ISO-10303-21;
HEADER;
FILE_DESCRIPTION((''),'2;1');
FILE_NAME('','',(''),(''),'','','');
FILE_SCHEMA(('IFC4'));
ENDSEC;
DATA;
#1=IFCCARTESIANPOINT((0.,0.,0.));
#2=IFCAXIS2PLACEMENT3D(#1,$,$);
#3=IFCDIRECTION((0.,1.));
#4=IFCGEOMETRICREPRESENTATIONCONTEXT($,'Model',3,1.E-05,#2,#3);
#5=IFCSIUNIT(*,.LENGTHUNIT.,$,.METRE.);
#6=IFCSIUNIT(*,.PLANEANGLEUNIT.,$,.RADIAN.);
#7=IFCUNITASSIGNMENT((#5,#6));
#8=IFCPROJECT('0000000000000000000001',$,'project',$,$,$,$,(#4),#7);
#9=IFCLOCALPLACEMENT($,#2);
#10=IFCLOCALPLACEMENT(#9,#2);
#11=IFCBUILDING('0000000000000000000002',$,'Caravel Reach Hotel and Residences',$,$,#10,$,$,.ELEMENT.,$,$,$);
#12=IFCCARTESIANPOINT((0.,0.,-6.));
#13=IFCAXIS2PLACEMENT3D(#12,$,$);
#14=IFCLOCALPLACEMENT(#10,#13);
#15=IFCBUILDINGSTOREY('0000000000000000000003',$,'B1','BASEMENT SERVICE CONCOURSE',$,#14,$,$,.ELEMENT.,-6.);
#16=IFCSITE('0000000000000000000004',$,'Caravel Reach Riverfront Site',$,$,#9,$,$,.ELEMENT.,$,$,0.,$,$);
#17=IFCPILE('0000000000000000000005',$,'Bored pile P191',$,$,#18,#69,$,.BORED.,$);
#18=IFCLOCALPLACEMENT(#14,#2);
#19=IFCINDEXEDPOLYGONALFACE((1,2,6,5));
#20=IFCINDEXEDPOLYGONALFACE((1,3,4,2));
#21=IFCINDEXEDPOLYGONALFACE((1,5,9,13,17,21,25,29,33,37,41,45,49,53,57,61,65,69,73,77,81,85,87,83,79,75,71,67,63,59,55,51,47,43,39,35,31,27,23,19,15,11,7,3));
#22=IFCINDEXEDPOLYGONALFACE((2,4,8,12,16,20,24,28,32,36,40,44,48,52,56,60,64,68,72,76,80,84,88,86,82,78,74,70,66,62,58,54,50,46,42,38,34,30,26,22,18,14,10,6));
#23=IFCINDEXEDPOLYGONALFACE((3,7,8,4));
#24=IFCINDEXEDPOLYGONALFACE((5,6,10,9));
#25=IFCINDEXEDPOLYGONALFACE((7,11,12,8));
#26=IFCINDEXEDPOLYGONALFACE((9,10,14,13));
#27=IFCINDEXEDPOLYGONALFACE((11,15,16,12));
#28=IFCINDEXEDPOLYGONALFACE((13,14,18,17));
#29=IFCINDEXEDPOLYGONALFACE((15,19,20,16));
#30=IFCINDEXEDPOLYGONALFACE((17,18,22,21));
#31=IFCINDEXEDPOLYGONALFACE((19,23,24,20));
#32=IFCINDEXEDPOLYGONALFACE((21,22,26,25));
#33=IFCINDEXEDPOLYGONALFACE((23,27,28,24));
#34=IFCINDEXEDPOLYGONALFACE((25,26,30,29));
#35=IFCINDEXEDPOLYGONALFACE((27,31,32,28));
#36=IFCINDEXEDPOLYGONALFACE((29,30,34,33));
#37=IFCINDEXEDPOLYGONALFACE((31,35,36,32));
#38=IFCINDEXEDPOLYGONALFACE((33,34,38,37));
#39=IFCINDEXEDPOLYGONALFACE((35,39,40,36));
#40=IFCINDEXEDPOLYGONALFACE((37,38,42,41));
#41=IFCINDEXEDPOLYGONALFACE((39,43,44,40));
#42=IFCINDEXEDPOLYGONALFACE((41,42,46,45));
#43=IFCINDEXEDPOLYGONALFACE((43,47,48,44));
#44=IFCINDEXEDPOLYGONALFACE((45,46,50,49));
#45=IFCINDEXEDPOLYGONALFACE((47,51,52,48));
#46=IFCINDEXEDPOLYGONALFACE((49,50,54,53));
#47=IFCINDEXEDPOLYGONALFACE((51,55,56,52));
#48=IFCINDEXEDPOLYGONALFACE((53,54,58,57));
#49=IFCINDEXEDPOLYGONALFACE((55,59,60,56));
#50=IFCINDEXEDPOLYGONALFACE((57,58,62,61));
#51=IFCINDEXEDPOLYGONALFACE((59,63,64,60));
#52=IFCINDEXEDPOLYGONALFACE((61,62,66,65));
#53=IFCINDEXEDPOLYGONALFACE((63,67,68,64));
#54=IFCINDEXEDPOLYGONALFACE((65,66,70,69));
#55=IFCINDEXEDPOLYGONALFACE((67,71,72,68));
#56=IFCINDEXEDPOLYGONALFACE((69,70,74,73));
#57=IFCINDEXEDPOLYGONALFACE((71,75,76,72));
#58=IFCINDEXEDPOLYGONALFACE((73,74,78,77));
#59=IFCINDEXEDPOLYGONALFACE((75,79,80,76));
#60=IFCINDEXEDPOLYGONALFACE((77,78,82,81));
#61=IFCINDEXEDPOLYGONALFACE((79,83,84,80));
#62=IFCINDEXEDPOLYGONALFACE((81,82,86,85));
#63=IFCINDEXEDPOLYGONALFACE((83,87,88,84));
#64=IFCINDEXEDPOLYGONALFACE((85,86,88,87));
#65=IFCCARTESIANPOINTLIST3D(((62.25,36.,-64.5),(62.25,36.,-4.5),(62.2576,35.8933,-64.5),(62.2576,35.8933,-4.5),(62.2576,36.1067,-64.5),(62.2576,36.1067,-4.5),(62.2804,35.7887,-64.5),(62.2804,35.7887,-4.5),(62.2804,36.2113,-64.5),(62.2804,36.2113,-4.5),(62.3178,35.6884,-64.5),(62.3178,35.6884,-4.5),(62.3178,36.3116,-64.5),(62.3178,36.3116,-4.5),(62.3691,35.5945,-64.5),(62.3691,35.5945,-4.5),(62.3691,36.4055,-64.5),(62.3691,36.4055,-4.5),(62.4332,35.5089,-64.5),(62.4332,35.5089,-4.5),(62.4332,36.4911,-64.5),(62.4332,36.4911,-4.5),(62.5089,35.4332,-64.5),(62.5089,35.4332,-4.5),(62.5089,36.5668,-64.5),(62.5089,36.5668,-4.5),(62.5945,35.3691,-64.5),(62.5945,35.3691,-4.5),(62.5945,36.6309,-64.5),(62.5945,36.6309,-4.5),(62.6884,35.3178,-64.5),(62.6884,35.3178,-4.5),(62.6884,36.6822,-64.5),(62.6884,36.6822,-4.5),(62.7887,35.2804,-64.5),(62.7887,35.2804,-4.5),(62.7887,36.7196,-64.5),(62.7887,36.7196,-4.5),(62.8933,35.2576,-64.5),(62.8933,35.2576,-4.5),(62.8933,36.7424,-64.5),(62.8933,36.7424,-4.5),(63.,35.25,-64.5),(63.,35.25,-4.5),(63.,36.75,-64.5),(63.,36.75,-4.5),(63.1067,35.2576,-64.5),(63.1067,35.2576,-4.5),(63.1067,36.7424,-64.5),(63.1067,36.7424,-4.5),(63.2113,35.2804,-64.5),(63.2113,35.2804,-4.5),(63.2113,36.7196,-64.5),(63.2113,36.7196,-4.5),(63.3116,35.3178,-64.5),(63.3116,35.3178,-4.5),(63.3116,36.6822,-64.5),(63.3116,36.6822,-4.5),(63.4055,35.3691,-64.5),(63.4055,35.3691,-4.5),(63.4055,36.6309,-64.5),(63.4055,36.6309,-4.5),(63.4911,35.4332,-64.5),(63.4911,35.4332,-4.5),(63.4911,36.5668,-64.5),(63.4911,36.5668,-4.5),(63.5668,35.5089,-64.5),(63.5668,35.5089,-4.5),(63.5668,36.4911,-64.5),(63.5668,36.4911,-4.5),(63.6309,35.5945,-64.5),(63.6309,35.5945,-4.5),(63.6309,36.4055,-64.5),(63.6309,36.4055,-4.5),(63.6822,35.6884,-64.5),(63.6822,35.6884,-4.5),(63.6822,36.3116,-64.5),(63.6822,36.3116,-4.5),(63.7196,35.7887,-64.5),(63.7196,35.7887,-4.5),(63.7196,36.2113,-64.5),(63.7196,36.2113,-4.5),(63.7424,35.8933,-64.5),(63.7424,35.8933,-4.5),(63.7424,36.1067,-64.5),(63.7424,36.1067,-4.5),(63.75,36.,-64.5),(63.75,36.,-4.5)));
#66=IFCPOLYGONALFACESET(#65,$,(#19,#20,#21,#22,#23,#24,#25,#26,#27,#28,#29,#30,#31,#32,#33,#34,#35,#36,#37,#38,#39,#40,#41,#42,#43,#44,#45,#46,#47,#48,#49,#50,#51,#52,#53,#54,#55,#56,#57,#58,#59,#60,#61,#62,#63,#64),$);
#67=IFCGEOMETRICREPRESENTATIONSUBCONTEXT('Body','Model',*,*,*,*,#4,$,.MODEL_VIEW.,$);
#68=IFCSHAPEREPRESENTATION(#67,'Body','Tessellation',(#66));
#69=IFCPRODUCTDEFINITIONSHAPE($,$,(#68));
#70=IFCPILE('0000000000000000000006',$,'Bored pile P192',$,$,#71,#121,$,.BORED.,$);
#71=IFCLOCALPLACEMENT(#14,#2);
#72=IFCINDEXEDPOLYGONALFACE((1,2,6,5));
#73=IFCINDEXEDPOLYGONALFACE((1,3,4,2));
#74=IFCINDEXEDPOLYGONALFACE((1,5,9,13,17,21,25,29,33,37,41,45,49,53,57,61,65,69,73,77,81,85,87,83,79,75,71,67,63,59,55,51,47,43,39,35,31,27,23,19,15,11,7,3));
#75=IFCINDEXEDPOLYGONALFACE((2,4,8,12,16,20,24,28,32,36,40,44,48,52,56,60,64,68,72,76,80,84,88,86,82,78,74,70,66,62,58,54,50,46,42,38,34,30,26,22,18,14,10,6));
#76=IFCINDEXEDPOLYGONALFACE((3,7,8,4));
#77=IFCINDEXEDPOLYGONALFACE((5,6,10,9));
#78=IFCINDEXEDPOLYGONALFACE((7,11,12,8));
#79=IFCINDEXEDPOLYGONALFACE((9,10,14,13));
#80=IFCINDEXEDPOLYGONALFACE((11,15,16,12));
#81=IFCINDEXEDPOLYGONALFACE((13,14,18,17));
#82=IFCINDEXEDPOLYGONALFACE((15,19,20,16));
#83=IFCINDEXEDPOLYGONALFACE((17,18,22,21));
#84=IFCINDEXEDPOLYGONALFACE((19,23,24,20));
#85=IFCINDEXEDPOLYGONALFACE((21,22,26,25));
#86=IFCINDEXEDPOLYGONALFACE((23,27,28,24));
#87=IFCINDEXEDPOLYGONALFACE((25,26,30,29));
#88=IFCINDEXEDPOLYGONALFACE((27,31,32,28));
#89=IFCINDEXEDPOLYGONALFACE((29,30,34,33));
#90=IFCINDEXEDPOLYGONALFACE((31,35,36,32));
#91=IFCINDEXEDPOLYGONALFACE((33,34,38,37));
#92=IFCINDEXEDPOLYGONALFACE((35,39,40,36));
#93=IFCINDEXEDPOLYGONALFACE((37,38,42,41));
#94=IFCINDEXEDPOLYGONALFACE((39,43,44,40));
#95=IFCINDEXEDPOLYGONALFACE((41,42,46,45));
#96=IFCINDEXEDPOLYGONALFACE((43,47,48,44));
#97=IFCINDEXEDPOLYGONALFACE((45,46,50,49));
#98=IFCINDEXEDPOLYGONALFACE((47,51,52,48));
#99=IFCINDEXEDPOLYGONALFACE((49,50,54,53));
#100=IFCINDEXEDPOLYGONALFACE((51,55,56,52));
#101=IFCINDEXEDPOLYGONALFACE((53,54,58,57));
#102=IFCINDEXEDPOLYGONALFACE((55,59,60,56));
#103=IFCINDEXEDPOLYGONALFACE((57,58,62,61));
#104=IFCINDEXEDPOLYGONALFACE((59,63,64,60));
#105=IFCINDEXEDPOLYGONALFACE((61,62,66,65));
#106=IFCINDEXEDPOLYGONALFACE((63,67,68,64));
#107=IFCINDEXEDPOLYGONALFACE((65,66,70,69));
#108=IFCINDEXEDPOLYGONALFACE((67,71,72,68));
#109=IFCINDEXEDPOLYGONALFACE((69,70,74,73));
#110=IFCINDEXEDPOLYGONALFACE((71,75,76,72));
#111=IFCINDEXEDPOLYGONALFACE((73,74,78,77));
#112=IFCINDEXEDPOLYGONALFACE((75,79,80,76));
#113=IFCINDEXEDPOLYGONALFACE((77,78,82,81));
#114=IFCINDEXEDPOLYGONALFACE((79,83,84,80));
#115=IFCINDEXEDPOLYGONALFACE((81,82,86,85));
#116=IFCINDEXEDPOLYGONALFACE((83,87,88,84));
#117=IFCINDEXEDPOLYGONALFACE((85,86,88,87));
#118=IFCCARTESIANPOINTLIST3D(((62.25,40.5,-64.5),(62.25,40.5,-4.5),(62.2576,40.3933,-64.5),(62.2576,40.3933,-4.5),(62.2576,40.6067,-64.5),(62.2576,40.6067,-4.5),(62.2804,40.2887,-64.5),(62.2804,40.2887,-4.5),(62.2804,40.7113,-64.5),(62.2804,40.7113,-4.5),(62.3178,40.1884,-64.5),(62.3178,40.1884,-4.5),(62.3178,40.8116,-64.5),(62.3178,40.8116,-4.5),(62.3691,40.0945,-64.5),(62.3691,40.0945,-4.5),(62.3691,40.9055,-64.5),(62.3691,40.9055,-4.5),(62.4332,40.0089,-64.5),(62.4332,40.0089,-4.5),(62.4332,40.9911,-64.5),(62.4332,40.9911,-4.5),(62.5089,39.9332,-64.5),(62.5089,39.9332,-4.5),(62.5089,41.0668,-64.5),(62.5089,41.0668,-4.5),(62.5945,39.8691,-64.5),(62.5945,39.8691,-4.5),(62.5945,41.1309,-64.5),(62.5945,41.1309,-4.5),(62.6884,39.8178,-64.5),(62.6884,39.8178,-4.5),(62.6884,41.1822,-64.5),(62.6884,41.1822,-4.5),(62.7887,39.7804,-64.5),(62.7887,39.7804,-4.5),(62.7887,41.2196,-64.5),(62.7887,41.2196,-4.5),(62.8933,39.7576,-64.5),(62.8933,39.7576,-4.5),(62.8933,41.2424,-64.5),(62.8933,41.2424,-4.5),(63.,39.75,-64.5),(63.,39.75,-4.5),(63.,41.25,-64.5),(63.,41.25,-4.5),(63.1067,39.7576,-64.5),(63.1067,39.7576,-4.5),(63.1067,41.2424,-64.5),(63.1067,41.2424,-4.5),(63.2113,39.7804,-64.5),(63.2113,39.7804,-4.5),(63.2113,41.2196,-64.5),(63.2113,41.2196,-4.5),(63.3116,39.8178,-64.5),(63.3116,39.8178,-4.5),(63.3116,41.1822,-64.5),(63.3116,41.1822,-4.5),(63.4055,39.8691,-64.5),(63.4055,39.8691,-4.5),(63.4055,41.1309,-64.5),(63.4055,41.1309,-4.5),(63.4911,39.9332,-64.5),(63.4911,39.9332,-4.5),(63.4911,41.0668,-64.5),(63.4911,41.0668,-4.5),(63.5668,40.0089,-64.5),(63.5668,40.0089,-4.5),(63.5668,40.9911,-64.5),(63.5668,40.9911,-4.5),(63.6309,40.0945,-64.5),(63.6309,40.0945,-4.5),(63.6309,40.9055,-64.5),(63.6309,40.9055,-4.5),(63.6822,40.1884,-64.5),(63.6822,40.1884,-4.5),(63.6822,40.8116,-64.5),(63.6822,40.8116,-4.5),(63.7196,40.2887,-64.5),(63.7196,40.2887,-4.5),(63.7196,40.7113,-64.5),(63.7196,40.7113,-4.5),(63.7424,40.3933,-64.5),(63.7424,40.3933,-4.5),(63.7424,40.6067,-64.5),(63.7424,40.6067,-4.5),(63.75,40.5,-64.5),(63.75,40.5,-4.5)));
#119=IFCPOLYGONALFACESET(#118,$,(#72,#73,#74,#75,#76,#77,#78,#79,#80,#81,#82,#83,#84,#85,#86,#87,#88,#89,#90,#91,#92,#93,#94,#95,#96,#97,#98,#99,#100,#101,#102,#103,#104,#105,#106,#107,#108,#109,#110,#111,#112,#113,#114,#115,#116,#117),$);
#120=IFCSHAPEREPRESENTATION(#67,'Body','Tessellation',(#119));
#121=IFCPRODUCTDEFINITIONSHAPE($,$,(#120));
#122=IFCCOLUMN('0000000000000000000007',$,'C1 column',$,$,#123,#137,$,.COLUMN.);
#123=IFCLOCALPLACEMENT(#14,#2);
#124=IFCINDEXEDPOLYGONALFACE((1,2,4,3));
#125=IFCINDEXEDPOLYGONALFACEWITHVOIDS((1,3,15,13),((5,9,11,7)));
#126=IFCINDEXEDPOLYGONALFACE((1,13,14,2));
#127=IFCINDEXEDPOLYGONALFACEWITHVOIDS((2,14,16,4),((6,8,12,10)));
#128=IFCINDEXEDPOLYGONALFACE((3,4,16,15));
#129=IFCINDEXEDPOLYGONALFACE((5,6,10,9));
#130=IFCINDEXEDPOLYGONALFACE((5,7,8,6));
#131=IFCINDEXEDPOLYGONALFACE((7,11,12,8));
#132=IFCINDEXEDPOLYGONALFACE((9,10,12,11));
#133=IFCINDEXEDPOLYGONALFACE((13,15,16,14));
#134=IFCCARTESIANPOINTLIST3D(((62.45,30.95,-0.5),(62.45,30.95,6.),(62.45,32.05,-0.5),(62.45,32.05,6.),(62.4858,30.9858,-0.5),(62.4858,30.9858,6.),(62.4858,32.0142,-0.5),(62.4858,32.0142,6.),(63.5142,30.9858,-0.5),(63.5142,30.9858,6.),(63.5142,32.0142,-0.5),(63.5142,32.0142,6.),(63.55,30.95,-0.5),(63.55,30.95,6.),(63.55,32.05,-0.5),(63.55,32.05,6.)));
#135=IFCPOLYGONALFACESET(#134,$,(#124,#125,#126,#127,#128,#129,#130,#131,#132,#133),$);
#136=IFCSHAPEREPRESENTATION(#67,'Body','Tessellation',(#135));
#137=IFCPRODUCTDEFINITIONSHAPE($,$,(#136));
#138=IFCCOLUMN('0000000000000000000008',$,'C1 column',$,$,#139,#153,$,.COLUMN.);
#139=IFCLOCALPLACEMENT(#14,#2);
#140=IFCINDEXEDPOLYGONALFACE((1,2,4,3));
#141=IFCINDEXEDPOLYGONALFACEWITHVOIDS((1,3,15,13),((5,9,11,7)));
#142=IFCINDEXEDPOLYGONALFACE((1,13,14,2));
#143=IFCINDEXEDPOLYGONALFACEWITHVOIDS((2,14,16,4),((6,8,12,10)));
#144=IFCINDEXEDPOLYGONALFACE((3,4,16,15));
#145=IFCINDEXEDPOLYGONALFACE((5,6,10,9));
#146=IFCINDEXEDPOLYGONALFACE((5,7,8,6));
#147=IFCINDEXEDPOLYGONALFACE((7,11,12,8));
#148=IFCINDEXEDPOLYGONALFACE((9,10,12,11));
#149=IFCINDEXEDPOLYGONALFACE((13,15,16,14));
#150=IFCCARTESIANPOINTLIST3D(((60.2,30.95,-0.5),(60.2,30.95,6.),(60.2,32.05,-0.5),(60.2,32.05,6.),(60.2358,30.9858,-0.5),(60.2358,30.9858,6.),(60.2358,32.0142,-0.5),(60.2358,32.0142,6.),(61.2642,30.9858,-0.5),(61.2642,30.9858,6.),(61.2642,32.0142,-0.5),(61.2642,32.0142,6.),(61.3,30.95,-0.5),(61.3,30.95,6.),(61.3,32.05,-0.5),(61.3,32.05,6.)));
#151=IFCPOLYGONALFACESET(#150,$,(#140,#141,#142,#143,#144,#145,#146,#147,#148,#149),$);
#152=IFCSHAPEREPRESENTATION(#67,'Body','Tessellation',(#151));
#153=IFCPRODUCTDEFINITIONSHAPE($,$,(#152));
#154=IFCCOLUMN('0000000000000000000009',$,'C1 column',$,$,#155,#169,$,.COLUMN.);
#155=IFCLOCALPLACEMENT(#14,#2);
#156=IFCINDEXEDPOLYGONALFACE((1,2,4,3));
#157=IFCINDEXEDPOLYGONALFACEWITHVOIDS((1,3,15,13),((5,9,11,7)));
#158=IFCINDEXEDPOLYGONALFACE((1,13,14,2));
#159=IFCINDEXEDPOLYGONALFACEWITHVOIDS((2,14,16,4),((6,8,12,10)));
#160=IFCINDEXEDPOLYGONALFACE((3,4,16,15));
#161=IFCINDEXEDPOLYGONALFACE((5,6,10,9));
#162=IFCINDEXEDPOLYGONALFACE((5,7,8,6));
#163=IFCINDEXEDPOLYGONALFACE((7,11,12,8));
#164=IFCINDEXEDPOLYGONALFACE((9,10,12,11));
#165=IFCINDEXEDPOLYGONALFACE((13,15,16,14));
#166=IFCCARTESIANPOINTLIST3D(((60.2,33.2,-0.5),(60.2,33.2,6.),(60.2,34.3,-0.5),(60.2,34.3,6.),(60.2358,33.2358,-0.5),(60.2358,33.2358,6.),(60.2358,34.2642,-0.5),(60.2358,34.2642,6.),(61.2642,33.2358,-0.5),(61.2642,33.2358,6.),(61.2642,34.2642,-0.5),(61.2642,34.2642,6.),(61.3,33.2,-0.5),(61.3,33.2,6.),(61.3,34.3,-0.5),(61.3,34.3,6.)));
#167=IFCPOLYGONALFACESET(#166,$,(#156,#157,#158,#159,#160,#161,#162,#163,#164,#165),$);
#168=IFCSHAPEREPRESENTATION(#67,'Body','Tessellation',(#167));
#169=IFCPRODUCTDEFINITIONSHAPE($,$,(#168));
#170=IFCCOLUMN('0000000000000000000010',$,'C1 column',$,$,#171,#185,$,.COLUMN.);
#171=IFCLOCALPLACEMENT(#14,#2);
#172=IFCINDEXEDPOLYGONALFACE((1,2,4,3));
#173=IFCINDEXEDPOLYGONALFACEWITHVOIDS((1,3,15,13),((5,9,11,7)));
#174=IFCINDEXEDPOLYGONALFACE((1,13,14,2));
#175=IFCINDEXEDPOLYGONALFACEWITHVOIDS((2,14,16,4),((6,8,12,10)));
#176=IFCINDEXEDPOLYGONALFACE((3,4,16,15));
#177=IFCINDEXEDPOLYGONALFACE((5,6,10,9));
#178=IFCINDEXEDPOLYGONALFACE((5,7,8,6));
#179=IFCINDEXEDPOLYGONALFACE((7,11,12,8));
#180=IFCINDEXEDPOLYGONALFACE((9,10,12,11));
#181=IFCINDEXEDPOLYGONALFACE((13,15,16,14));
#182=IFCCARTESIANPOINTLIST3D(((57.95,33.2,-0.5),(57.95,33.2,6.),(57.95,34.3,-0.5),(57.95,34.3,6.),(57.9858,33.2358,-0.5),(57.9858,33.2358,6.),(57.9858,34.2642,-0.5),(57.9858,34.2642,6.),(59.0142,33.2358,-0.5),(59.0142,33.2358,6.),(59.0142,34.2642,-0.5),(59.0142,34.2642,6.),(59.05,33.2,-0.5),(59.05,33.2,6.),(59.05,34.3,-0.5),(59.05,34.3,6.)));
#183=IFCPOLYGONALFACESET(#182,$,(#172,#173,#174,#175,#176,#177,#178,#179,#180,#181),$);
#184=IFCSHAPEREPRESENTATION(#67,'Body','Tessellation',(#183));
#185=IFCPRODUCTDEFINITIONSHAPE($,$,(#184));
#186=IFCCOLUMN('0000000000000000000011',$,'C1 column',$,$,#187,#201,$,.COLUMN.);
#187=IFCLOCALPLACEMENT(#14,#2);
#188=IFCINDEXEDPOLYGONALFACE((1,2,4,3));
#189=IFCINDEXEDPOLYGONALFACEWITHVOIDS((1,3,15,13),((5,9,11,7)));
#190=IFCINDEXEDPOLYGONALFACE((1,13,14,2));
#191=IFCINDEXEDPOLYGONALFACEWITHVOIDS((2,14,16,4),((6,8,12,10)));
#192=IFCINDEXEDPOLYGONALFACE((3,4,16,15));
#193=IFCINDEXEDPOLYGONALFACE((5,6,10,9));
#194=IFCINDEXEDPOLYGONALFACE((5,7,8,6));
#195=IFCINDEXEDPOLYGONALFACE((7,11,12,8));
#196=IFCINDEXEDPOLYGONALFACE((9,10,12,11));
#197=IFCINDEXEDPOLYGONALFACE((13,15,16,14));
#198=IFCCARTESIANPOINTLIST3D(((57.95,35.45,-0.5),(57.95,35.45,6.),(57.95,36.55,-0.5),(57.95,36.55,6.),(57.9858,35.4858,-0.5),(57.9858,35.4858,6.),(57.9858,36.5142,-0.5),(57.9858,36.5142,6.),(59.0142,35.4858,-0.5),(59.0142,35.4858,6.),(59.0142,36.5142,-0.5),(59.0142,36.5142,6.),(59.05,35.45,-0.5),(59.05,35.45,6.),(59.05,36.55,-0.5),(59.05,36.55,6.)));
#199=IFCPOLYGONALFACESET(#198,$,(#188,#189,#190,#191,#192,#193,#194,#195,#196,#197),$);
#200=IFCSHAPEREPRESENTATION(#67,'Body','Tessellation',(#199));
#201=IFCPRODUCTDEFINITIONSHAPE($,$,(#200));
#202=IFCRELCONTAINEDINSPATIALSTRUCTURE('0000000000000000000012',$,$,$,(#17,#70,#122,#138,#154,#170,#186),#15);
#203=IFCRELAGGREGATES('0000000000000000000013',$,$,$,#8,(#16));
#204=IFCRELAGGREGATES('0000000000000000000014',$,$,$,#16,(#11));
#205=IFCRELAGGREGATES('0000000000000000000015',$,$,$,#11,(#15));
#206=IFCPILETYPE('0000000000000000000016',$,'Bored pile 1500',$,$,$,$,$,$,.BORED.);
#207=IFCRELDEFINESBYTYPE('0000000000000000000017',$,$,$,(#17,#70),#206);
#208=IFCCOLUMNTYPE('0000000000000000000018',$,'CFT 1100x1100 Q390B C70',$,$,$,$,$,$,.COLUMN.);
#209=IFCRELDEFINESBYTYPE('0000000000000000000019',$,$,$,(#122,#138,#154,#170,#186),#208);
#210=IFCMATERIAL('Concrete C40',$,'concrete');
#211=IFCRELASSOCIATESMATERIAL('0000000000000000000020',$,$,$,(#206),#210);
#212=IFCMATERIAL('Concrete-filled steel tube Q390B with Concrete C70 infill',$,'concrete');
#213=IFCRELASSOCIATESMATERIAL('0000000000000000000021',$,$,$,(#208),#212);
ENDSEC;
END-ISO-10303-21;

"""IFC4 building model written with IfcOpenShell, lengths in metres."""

from ifc_helpers import new_model, si_unit, direction, frame, origin, origin_2d, place, context, subcontext, project, spatial, hollow_rectangle, circle, extrude, material, material_profile, profile_set, type_object, element, save


model = new_model("IFC4")

# Units and contexts
model_context = context("Model", 3, precision=1e-05, world=origin(), true_north=direction((0.0, 1.0)))
body_context = subcontext(model_context, "Body", "Model", "MODEL_VIEW")
ifc_project = project(units=[si_unit("LENGTHUNIT", "METRE"), si_unit("PLANEANGLEUNIT", "RADIAN")], contexts=[model_context])

# Site, building, storey
site_placement = place(None, origin())
site = spatial("IfcSite", under=ifc_project, at=site_placement, Name="Caravel Reach Riverfront Site", CompositionType="ELEMENT", RefElevation=0.0)
building_placement = place(site_placement, origin())
building = spatial("IfcBuilding", under=site, at=building_placement, Name="Caravel Reach Hotel and Residences", CompositionType="ELEMENT")
storey_placement = place(building_placement, frame((0.0, 0.0, -6.0)))
storey = spatial("IfcBuildingStorey", under=building, at=storey_placement, Name="B1", Description="BASEMENT SERVICE CONCOURSE", CompositionType="ELEMENT", Elevation=-6.0)

# Piles
ifc_material_1 = material(Name="Concrete C40", Category="concrete")
ifc_material_profile_1 = material_profile(ifc_material_1, circle(Radius=0.75, at=origin_2d()), Name="PILE 1500")
ifc_profile_set_1 = profile_set([ifc_material_profile_1], Name="Concrete C40")
pile_type_1 = type_object("IfcPileType", Name="Bored pile 1500", PredefinedType="BORED", material=ifc_profile_set_1)
for number, where, z_axis, x_axis, name in (
    (1, (63.0, 36.0, -4.5), (0.0, 0.0, -1.0), (1.0, 0.0, 0.0), "Bored pile P191"),
    (2, (63.0, 40.5, -4.5), (0.0, 0.0, -1.0), (1.0, 0.0, 0.0), "Bored pile P192"),
):
    element("IfcPile", number, at=place(storey_placement, frame(where, z_axis=z_axis, x_axis=x_axis)), inside=storey, type_object=pile_type_1, Name=name, PredefinedType="BORED", context=body_context, shape_type="SweptSolid", body=[
        extrude(circle(Radius=0.75, at=origin_2d()), origin(), (0.0, 0.0, 1.0), 60.0),
    ])

# Columns
ifc_material_2 = material(Name="Concrete-filled steel tube Q390B with Concrete C70 infill", Category="concrete")
ifc_material_profile_2 = material_profile(ifc_material_2, hollow_rectangle(XDim=1.1001, YDim=1.1001, WallThickness=0.0359, at=origin_2d()), Name="RHS 1100x1100x36")
ifc_profile_set_2 = profile_set([ifc_material_profile_2], Name="Concrete-filled steel tube Q390B with Concrete C70 infill")
column_type_1 = type_object("IfcColumnType", Name="CFT 1100x1100 Q390B C70", PredefinedType="COLUMN", material=ifc_profile_set_2)
for number, where, z_axis, x_axis, name in (
    (3, (63.0, 31.5, -0.5), (0.0, 0.0, 1.0), (1.0, 0.0, 0.0), "C1 column"),
    (4, (60.75, 31.5, -0.5), (0.0, 0.0, 1.0), (1.0, 0.0, 0.0), "C1 column"),
    (5, (60.75, 33.75, -0.5), (0.0, 0.0, 1.0), (1.0, 0.0, 0.0), "C1 column"),
    (6, (58.5, 33.75, -0.5), (0.0, 0.0, 1.0), (1.0, 0.0, 0.0), "C1 column"),
    (7, (58.5, 36.0, -0.5), (0.0, 0.0, 1.0), (1.0, 0.0, 0.0), "C1 column"),
):
    element("IfcColumn", number, at=place(storey_placement, frame(where, z_axis=z_axis, x_axis=x_axis)), inside=storey, type_object=column_type_1, Name=name, PredefinedType="COLUMN", context=body_context, shape_type="SweptSolid", body=[
        extrude(hollow_rectangle(XDim=1.1001, YDim=1.1001, WallThickness=0.0359, at=origin_2d()), origin(), (0.0, 0.0, 1.0), 6.5),
    ])

save(model, "model.ifc")
